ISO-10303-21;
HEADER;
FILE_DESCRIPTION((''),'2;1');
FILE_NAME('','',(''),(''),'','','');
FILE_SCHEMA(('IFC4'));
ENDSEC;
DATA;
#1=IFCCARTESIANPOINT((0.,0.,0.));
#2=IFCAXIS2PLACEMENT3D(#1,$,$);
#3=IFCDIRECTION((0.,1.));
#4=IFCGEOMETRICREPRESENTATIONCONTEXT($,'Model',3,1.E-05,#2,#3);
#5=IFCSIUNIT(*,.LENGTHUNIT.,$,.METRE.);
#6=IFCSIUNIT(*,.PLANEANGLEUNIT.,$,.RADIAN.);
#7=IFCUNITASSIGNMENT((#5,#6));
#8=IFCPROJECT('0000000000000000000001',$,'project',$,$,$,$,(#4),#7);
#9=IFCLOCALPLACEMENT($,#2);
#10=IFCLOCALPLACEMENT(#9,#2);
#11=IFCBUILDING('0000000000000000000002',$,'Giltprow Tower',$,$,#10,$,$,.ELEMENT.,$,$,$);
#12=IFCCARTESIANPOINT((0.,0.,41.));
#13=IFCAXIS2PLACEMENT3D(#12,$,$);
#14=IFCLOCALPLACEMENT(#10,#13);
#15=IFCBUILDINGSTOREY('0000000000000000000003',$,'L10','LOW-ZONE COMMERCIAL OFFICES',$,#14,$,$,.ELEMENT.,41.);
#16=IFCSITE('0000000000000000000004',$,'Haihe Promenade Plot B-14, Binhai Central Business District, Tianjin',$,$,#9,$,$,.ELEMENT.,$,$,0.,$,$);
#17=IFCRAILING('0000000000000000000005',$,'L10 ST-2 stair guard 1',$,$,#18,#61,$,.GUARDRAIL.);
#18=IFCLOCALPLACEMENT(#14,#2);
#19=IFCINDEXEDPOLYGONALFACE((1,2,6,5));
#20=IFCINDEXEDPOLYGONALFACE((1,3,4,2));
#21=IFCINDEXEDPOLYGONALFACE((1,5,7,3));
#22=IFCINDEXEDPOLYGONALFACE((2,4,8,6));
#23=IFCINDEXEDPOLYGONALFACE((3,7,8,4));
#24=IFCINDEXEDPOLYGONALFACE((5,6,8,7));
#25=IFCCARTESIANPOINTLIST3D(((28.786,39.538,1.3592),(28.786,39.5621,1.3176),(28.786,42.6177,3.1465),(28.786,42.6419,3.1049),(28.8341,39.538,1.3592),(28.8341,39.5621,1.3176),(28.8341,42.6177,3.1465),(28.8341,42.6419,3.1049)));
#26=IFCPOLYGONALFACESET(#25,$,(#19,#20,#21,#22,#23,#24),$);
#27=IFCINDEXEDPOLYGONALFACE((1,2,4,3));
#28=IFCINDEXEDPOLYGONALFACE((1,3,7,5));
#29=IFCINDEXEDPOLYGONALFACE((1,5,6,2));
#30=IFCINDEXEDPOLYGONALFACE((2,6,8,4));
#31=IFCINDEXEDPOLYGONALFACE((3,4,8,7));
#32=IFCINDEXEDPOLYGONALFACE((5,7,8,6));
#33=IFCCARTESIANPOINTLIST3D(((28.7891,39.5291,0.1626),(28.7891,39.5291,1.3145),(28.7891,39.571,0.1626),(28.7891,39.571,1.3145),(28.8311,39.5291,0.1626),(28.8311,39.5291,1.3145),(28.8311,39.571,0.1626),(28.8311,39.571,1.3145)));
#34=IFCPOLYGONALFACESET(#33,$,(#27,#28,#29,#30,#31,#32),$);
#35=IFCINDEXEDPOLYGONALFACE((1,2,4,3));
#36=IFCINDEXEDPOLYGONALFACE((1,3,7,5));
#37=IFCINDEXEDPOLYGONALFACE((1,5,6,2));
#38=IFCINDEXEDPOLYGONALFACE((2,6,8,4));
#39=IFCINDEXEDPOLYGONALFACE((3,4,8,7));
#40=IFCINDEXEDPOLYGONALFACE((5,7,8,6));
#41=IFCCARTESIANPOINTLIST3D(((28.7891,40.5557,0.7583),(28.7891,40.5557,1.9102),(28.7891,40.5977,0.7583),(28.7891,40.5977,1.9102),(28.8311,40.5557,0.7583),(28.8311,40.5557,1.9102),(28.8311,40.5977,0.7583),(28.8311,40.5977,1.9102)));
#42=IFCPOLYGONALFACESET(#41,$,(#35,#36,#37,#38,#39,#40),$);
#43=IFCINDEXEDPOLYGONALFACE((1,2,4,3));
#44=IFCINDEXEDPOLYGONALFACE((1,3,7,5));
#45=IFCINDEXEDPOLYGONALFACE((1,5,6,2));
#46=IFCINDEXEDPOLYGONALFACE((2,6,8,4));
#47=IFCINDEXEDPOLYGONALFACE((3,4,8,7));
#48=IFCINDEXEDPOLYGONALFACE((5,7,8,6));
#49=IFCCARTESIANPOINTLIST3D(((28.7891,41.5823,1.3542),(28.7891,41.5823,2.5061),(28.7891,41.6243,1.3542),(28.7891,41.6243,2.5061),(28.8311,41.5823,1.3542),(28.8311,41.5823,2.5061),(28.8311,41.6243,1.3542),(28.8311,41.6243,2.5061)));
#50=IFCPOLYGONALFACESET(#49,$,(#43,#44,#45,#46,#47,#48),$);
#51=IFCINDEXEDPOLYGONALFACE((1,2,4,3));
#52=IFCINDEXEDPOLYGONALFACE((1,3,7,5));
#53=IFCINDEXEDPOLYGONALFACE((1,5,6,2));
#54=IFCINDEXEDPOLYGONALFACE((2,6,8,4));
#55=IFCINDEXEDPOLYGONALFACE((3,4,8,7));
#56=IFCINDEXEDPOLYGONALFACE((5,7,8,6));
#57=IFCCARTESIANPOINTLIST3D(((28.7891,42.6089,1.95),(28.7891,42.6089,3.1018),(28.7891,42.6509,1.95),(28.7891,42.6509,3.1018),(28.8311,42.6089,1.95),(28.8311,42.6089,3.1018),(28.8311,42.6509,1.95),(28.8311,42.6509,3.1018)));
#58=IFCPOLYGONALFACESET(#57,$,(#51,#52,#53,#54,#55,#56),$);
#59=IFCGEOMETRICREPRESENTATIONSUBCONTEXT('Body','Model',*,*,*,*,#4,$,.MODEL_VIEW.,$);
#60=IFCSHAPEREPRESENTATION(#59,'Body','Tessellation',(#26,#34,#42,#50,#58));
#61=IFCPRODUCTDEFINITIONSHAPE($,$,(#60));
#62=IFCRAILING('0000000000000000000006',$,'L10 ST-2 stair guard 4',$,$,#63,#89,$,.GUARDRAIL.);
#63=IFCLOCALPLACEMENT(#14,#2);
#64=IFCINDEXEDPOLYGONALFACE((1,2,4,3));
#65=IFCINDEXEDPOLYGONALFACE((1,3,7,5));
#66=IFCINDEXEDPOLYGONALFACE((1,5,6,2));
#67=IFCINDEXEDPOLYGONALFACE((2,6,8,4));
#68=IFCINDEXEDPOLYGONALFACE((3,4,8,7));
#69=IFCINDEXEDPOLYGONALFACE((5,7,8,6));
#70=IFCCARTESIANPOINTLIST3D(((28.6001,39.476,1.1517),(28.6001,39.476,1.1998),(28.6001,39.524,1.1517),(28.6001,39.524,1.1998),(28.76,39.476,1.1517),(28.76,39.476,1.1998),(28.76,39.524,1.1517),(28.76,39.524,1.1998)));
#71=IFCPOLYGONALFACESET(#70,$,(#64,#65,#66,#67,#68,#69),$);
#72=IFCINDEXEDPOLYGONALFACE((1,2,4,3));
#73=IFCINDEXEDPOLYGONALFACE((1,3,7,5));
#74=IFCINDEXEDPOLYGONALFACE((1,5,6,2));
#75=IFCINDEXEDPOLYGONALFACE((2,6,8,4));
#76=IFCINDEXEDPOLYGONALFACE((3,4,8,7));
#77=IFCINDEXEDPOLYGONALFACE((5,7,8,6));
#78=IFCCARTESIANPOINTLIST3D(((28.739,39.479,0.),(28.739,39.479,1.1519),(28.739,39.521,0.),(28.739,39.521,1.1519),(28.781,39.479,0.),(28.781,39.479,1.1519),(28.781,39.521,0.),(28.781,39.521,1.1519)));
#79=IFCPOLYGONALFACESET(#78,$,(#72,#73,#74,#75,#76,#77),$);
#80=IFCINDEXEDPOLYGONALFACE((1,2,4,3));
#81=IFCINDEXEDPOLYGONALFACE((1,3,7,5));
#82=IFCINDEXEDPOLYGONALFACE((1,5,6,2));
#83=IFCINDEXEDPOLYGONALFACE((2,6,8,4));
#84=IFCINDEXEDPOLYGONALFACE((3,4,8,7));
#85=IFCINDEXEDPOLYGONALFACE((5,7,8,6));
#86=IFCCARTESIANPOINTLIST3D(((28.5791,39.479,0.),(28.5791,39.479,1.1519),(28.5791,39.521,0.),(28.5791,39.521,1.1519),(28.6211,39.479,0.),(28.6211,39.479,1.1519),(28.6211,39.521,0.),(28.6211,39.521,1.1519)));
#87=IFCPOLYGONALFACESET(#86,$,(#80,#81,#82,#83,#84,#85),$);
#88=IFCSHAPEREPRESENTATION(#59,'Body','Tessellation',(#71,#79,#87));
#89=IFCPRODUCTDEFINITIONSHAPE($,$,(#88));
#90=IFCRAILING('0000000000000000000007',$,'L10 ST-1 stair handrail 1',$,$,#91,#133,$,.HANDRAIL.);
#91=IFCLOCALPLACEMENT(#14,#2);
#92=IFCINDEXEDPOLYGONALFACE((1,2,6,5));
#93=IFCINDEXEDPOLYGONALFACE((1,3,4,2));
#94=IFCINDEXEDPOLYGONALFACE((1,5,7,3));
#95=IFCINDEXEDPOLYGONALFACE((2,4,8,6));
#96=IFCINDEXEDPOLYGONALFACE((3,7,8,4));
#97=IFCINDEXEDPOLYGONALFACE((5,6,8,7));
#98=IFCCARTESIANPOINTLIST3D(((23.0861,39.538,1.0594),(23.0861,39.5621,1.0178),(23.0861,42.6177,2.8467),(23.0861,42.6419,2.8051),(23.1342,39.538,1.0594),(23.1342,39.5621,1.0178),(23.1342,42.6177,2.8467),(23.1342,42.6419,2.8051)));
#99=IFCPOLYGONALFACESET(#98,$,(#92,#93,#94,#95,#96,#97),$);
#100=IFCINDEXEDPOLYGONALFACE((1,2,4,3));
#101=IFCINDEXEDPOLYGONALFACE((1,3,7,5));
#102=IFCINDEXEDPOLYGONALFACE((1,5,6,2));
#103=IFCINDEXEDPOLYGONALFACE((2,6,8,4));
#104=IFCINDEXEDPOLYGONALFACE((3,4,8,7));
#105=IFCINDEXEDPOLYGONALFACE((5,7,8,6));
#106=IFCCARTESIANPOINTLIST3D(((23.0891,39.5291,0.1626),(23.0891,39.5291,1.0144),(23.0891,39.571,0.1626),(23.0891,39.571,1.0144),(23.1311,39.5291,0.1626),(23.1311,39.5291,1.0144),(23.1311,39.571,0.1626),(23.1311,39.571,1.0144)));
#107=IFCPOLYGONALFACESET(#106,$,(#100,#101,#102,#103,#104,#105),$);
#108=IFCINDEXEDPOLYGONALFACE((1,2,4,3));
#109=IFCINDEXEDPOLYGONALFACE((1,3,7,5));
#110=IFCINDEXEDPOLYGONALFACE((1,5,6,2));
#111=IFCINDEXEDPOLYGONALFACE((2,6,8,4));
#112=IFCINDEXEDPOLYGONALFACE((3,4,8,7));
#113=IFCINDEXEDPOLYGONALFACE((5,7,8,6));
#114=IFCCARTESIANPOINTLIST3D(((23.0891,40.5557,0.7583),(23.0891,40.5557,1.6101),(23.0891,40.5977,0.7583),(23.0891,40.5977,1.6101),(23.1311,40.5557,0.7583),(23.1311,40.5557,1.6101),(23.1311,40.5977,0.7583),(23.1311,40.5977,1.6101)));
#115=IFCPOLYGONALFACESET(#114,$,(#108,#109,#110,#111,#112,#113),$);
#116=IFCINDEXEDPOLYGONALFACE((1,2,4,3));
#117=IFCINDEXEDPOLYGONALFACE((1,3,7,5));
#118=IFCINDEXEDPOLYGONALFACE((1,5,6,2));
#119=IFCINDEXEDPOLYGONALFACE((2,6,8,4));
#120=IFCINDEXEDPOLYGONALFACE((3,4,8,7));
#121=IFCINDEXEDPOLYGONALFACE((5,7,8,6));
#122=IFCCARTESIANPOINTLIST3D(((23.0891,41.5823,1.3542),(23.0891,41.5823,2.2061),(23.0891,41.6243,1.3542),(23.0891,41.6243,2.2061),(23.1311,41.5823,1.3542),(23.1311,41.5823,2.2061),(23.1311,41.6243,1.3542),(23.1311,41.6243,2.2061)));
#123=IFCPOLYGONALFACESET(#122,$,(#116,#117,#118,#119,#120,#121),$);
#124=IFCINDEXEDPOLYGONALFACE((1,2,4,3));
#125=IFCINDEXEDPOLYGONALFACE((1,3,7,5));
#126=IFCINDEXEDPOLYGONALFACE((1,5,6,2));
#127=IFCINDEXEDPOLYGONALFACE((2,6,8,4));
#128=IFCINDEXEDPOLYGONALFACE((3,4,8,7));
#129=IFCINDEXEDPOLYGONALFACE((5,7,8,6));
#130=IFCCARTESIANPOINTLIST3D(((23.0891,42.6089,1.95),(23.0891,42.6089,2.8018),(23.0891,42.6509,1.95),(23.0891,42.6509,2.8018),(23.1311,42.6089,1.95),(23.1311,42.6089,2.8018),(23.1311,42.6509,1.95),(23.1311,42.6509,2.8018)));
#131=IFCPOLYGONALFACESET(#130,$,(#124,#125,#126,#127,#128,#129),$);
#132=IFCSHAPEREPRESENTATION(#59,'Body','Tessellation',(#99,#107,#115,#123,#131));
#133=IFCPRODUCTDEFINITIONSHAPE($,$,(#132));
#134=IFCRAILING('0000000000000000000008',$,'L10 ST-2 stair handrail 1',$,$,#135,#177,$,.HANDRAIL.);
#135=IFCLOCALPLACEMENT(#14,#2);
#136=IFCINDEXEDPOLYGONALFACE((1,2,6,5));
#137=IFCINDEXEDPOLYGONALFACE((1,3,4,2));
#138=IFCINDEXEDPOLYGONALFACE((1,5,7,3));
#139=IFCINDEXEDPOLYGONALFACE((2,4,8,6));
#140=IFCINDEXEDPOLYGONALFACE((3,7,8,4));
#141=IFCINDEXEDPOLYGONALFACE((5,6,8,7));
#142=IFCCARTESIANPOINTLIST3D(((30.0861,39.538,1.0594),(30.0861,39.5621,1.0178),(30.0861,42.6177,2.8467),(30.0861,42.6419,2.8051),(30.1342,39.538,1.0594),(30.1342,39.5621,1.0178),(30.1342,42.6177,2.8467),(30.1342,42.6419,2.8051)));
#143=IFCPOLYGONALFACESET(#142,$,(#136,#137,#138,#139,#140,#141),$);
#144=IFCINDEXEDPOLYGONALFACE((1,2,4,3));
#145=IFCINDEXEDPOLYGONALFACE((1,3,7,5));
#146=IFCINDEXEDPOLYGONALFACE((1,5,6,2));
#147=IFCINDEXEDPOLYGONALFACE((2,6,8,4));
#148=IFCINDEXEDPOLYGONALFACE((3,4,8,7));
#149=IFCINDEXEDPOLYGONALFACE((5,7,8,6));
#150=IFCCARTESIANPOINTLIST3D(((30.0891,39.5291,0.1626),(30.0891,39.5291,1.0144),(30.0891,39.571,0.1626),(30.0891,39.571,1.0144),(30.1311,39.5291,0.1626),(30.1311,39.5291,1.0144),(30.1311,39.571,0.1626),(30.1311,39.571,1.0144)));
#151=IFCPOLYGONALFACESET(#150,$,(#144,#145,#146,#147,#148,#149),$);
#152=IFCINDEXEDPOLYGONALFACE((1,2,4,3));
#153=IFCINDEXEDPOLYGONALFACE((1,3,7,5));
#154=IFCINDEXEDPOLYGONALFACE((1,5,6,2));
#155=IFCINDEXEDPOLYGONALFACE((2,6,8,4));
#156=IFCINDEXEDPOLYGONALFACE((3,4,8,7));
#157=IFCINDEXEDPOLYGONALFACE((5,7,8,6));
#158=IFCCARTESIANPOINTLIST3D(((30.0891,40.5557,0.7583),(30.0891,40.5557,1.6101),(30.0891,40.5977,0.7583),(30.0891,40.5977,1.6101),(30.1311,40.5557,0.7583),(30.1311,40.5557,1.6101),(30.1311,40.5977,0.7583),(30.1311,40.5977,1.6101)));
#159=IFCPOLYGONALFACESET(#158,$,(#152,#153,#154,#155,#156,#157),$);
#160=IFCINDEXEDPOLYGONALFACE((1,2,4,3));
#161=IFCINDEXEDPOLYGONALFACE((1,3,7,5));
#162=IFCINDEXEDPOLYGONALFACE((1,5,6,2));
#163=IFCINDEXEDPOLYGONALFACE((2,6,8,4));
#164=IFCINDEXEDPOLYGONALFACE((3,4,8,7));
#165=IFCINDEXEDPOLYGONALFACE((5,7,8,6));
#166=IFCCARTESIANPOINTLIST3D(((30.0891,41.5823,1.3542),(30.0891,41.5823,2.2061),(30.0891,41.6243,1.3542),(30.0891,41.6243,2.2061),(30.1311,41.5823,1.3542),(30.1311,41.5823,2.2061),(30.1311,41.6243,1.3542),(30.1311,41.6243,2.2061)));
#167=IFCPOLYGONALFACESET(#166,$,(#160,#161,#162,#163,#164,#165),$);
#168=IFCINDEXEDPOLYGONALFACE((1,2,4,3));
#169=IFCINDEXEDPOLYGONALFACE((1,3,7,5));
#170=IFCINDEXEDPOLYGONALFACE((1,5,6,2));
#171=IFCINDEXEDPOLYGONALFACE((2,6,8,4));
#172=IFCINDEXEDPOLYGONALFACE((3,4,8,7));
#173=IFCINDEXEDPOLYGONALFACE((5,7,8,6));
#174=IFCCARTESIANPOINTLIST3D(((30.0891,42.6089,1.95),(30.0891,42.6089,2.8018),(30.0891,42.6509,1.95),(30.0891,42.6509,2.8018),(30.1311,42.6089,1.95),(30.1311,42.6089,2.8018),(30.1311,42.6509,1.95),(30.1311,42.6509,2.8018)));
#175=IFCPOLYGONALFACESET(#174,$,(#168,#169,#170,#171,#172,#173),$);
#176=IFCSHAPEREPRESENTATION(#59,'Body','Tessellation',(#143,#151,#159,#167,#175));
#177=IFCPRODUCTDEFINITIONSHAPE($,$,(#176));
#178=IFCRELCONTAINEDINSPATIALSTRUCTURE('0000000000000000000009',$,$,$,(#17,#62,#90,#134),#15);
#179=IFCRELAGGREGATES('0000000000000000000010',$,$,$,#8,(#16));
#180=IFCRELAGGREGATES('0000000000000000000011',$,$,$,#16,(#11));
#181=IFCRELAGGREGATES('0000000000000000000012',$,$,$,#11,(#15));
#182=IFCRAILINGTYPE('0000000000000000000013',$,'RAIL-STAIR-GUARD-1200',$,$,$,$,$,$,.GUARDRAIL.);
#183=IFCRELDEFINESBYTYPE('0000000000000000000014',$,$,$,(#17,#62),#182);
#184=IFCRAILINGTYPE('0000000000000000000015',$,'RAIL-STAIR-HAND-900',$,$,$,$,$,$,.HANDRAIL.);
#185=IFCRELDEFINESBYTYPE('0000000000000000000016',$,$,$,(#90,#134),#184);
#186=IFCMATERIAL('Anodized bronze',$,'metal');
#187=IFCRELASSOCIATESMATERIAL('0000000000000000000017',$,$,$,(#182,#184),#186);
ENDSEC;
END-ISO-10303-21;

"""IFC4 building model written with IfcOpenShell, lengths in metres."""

from ifc_helpers import new_model, si_unit, direction, frame, origin, origin_2d, place, context, subcontext, project, spatial, rectangle, extrude, material, type_object, element, save


model = new_model("IFC4")

# Units and contexts
model_context = context("Model", 3, precision=1e-05, world=origin(), true_north=direction((0.0, 1.0)))
body_context = subcontext(model_context, "Body", "Model", "MODEL_VIEW")
ifc_project = project(units=[si_unit("LENGTHUNIT", "METRE"), si_unit("PLANEANGLEUNIT", "RADIAN")], contexts=[model_context])

# Site, building, storey
site_placement = place(None, origin())
site = spatial("IfcSite", under=ifc_project, at=site_placement, Name="Haihe Promenade Plot B-14, Binhai Central Business District, Tianjin", CompositionType="ELEMENT", RefElevation=0.0)
building_placement = place(site_placement, origin())
building = spatial("IfcBuilding", under=site, at=building_placement, Name="Giltprow Tower", CompositionType="ELEMENT")
storey_placement = place(building_placement, frame((0.0, 0.0, 41.0)))
storey = spatial("IfcBuildingStorey", under=building, at=storey_placement, Name="L10", Description="LOW-ZONE COMMERCIAL OFFICES", CompositionType="ELEMENT", Elevation=41.0)

# Railings
ifc_material_1 = material(Name="Anodized bronze", Category="metal")
railing_type_1 = type_object("IfcRailingType", Name="RAIL-STAIR-GUARD-1200", PredefinedType="GUARDRAIL", material=ifc_material_1)
railing_1_placement = place(storey_placement, frame((28.8101, 39.55, 0.1626)))
element("IfcRailing", 1, at=railing_1_placement, inside=storey, type_object=railing_type_1, Name="L10 ST-2 stair guard 1", PredefinedType="GUARDRAIL", context=body_context, shape_type="SweptSolid", body=[
    extrude(rectangle(XDim=0.0481, YDim=0.0481, at=origin_2d()), frame((0.0, 0.0, 1.1758), z_axis=(0.0, 0.864903, 0.501939), x_axis=(-1.0, 0.0, 0.0)), (0.0, 0.0, 1.0), 3.5608),
    extrude(rectangle(XDim=0.042, YDim=0.042, at=origin_2d()), origin(), (0.0, 0.0, 1.0), 1.1519),
    extrude(rectangle(XDim=0.042, YDim=0.042, at=origin_2d()), frame((0.0, 1.0266, 0.5957)), (0.0, 0.0, 1.0), 1.1519),
    extrude(rectangle(XDim=0.042, YDim=0.042, at=origin_2d()), frame((0.0, 2.0532, 1.1917)), (0.0, 0.0, 1.0), 1.1519),
    extrude(rectangle(XDim=0.042, YDim=0.042, at=origin_2d()), frame((0.0, 3.0798, 1.7874)), (0.0, 0.0, 1.0), 1.1519),
])
railing_2_placement = place(storey_placement, frame((28.76, 39.5, 0.0)))
element("IfcRailing", 2, at=railing_2_placement, inside=storey, type_object=railing_type_1, Name="L10 ST-2 stair guard 4", PredefinedType="GUARDRAIL", context=body_context, shape_type="SweptSolid", body=[
    extrude(rectangle(XDim=0.0481, YDim=0.0481, at=origin_2d()), frame((0.0, 0.0, 1.1758), z_axis=(-1.0, 0.0, 0.0), x_axis=(0.0, -1.0, 0.0)), (0.0, 0.0, 1.0), 0.1599),
    extrude(rectangle(XDim=0.042, YDim=0.042, at=origin_2d()), origin(), (0.0, 0.0, 1.0), 1.1519),
    extrude(rectangle(XDim=0.042, YDim=0.042, at=origin_2d()), frame((-0.1599, 0.0, 0.0)), (0.0, 0.0, 1.0), 1.1519),
])
railing_type_2 = type_object("IfcRailingType", Name="RAIL-STAIR-HAND-900", PredefinedType="HANDRAIL", material=ifc_material_1)
for number, where, name in (
    (3, (23.1101, 39.55, 0.1626), "L10 ST-1 stair handrail 1"),
    (4, (30.1101, 39.55, 0.1626), "L10 ST-2 stair handrail 1"),
):
    element("IfcRailing", number, at=place(storey_placement, frame(where)), inside=storey, type_object=railing_type_2, Name=name, PredefinedType="HANDRAIL", context=body_context, shape_type="SweptSolid", body=[
        extrude(rectangle(XDim=0.0481, YDim=0.0481, at=origin_2d()), frame((0.0, 0.0, 0.876), z_axis=(0.0, 0.864903, 0.501939), x_axis=(-1.0, 0.0, 0.0)), (0.0, 0.0, 1.0), 3.5608),
        extrude(rectangle(XDim=0.042, YDim=0.042, at=origin_2d()), origin(), (0.0, 0.0, 1.0), 0.8518),
        extrude(rectangle(XDim=0.042, YDim=0.042, at=origin_2d()), frame((0.0, 1.0266, 0.5957)), (0.0, 0.0, 1.0), 0.8518),
        extrude(rectangle(XDim=0.042, YDim=0.042, at=origin_2d()), frame((0.0, 2.0532, 1.1917)), (0.0, 0.0, 1.0), 0.8518),
        extrude(rectangle(XDim=0.042, YDim=0.042, at=origin_2d()), frame((0.0, 3.0798, 1.7874)), (0.0, 0.0, 1.0), 0.8518),
    ])

save(model, "model.ifc")
